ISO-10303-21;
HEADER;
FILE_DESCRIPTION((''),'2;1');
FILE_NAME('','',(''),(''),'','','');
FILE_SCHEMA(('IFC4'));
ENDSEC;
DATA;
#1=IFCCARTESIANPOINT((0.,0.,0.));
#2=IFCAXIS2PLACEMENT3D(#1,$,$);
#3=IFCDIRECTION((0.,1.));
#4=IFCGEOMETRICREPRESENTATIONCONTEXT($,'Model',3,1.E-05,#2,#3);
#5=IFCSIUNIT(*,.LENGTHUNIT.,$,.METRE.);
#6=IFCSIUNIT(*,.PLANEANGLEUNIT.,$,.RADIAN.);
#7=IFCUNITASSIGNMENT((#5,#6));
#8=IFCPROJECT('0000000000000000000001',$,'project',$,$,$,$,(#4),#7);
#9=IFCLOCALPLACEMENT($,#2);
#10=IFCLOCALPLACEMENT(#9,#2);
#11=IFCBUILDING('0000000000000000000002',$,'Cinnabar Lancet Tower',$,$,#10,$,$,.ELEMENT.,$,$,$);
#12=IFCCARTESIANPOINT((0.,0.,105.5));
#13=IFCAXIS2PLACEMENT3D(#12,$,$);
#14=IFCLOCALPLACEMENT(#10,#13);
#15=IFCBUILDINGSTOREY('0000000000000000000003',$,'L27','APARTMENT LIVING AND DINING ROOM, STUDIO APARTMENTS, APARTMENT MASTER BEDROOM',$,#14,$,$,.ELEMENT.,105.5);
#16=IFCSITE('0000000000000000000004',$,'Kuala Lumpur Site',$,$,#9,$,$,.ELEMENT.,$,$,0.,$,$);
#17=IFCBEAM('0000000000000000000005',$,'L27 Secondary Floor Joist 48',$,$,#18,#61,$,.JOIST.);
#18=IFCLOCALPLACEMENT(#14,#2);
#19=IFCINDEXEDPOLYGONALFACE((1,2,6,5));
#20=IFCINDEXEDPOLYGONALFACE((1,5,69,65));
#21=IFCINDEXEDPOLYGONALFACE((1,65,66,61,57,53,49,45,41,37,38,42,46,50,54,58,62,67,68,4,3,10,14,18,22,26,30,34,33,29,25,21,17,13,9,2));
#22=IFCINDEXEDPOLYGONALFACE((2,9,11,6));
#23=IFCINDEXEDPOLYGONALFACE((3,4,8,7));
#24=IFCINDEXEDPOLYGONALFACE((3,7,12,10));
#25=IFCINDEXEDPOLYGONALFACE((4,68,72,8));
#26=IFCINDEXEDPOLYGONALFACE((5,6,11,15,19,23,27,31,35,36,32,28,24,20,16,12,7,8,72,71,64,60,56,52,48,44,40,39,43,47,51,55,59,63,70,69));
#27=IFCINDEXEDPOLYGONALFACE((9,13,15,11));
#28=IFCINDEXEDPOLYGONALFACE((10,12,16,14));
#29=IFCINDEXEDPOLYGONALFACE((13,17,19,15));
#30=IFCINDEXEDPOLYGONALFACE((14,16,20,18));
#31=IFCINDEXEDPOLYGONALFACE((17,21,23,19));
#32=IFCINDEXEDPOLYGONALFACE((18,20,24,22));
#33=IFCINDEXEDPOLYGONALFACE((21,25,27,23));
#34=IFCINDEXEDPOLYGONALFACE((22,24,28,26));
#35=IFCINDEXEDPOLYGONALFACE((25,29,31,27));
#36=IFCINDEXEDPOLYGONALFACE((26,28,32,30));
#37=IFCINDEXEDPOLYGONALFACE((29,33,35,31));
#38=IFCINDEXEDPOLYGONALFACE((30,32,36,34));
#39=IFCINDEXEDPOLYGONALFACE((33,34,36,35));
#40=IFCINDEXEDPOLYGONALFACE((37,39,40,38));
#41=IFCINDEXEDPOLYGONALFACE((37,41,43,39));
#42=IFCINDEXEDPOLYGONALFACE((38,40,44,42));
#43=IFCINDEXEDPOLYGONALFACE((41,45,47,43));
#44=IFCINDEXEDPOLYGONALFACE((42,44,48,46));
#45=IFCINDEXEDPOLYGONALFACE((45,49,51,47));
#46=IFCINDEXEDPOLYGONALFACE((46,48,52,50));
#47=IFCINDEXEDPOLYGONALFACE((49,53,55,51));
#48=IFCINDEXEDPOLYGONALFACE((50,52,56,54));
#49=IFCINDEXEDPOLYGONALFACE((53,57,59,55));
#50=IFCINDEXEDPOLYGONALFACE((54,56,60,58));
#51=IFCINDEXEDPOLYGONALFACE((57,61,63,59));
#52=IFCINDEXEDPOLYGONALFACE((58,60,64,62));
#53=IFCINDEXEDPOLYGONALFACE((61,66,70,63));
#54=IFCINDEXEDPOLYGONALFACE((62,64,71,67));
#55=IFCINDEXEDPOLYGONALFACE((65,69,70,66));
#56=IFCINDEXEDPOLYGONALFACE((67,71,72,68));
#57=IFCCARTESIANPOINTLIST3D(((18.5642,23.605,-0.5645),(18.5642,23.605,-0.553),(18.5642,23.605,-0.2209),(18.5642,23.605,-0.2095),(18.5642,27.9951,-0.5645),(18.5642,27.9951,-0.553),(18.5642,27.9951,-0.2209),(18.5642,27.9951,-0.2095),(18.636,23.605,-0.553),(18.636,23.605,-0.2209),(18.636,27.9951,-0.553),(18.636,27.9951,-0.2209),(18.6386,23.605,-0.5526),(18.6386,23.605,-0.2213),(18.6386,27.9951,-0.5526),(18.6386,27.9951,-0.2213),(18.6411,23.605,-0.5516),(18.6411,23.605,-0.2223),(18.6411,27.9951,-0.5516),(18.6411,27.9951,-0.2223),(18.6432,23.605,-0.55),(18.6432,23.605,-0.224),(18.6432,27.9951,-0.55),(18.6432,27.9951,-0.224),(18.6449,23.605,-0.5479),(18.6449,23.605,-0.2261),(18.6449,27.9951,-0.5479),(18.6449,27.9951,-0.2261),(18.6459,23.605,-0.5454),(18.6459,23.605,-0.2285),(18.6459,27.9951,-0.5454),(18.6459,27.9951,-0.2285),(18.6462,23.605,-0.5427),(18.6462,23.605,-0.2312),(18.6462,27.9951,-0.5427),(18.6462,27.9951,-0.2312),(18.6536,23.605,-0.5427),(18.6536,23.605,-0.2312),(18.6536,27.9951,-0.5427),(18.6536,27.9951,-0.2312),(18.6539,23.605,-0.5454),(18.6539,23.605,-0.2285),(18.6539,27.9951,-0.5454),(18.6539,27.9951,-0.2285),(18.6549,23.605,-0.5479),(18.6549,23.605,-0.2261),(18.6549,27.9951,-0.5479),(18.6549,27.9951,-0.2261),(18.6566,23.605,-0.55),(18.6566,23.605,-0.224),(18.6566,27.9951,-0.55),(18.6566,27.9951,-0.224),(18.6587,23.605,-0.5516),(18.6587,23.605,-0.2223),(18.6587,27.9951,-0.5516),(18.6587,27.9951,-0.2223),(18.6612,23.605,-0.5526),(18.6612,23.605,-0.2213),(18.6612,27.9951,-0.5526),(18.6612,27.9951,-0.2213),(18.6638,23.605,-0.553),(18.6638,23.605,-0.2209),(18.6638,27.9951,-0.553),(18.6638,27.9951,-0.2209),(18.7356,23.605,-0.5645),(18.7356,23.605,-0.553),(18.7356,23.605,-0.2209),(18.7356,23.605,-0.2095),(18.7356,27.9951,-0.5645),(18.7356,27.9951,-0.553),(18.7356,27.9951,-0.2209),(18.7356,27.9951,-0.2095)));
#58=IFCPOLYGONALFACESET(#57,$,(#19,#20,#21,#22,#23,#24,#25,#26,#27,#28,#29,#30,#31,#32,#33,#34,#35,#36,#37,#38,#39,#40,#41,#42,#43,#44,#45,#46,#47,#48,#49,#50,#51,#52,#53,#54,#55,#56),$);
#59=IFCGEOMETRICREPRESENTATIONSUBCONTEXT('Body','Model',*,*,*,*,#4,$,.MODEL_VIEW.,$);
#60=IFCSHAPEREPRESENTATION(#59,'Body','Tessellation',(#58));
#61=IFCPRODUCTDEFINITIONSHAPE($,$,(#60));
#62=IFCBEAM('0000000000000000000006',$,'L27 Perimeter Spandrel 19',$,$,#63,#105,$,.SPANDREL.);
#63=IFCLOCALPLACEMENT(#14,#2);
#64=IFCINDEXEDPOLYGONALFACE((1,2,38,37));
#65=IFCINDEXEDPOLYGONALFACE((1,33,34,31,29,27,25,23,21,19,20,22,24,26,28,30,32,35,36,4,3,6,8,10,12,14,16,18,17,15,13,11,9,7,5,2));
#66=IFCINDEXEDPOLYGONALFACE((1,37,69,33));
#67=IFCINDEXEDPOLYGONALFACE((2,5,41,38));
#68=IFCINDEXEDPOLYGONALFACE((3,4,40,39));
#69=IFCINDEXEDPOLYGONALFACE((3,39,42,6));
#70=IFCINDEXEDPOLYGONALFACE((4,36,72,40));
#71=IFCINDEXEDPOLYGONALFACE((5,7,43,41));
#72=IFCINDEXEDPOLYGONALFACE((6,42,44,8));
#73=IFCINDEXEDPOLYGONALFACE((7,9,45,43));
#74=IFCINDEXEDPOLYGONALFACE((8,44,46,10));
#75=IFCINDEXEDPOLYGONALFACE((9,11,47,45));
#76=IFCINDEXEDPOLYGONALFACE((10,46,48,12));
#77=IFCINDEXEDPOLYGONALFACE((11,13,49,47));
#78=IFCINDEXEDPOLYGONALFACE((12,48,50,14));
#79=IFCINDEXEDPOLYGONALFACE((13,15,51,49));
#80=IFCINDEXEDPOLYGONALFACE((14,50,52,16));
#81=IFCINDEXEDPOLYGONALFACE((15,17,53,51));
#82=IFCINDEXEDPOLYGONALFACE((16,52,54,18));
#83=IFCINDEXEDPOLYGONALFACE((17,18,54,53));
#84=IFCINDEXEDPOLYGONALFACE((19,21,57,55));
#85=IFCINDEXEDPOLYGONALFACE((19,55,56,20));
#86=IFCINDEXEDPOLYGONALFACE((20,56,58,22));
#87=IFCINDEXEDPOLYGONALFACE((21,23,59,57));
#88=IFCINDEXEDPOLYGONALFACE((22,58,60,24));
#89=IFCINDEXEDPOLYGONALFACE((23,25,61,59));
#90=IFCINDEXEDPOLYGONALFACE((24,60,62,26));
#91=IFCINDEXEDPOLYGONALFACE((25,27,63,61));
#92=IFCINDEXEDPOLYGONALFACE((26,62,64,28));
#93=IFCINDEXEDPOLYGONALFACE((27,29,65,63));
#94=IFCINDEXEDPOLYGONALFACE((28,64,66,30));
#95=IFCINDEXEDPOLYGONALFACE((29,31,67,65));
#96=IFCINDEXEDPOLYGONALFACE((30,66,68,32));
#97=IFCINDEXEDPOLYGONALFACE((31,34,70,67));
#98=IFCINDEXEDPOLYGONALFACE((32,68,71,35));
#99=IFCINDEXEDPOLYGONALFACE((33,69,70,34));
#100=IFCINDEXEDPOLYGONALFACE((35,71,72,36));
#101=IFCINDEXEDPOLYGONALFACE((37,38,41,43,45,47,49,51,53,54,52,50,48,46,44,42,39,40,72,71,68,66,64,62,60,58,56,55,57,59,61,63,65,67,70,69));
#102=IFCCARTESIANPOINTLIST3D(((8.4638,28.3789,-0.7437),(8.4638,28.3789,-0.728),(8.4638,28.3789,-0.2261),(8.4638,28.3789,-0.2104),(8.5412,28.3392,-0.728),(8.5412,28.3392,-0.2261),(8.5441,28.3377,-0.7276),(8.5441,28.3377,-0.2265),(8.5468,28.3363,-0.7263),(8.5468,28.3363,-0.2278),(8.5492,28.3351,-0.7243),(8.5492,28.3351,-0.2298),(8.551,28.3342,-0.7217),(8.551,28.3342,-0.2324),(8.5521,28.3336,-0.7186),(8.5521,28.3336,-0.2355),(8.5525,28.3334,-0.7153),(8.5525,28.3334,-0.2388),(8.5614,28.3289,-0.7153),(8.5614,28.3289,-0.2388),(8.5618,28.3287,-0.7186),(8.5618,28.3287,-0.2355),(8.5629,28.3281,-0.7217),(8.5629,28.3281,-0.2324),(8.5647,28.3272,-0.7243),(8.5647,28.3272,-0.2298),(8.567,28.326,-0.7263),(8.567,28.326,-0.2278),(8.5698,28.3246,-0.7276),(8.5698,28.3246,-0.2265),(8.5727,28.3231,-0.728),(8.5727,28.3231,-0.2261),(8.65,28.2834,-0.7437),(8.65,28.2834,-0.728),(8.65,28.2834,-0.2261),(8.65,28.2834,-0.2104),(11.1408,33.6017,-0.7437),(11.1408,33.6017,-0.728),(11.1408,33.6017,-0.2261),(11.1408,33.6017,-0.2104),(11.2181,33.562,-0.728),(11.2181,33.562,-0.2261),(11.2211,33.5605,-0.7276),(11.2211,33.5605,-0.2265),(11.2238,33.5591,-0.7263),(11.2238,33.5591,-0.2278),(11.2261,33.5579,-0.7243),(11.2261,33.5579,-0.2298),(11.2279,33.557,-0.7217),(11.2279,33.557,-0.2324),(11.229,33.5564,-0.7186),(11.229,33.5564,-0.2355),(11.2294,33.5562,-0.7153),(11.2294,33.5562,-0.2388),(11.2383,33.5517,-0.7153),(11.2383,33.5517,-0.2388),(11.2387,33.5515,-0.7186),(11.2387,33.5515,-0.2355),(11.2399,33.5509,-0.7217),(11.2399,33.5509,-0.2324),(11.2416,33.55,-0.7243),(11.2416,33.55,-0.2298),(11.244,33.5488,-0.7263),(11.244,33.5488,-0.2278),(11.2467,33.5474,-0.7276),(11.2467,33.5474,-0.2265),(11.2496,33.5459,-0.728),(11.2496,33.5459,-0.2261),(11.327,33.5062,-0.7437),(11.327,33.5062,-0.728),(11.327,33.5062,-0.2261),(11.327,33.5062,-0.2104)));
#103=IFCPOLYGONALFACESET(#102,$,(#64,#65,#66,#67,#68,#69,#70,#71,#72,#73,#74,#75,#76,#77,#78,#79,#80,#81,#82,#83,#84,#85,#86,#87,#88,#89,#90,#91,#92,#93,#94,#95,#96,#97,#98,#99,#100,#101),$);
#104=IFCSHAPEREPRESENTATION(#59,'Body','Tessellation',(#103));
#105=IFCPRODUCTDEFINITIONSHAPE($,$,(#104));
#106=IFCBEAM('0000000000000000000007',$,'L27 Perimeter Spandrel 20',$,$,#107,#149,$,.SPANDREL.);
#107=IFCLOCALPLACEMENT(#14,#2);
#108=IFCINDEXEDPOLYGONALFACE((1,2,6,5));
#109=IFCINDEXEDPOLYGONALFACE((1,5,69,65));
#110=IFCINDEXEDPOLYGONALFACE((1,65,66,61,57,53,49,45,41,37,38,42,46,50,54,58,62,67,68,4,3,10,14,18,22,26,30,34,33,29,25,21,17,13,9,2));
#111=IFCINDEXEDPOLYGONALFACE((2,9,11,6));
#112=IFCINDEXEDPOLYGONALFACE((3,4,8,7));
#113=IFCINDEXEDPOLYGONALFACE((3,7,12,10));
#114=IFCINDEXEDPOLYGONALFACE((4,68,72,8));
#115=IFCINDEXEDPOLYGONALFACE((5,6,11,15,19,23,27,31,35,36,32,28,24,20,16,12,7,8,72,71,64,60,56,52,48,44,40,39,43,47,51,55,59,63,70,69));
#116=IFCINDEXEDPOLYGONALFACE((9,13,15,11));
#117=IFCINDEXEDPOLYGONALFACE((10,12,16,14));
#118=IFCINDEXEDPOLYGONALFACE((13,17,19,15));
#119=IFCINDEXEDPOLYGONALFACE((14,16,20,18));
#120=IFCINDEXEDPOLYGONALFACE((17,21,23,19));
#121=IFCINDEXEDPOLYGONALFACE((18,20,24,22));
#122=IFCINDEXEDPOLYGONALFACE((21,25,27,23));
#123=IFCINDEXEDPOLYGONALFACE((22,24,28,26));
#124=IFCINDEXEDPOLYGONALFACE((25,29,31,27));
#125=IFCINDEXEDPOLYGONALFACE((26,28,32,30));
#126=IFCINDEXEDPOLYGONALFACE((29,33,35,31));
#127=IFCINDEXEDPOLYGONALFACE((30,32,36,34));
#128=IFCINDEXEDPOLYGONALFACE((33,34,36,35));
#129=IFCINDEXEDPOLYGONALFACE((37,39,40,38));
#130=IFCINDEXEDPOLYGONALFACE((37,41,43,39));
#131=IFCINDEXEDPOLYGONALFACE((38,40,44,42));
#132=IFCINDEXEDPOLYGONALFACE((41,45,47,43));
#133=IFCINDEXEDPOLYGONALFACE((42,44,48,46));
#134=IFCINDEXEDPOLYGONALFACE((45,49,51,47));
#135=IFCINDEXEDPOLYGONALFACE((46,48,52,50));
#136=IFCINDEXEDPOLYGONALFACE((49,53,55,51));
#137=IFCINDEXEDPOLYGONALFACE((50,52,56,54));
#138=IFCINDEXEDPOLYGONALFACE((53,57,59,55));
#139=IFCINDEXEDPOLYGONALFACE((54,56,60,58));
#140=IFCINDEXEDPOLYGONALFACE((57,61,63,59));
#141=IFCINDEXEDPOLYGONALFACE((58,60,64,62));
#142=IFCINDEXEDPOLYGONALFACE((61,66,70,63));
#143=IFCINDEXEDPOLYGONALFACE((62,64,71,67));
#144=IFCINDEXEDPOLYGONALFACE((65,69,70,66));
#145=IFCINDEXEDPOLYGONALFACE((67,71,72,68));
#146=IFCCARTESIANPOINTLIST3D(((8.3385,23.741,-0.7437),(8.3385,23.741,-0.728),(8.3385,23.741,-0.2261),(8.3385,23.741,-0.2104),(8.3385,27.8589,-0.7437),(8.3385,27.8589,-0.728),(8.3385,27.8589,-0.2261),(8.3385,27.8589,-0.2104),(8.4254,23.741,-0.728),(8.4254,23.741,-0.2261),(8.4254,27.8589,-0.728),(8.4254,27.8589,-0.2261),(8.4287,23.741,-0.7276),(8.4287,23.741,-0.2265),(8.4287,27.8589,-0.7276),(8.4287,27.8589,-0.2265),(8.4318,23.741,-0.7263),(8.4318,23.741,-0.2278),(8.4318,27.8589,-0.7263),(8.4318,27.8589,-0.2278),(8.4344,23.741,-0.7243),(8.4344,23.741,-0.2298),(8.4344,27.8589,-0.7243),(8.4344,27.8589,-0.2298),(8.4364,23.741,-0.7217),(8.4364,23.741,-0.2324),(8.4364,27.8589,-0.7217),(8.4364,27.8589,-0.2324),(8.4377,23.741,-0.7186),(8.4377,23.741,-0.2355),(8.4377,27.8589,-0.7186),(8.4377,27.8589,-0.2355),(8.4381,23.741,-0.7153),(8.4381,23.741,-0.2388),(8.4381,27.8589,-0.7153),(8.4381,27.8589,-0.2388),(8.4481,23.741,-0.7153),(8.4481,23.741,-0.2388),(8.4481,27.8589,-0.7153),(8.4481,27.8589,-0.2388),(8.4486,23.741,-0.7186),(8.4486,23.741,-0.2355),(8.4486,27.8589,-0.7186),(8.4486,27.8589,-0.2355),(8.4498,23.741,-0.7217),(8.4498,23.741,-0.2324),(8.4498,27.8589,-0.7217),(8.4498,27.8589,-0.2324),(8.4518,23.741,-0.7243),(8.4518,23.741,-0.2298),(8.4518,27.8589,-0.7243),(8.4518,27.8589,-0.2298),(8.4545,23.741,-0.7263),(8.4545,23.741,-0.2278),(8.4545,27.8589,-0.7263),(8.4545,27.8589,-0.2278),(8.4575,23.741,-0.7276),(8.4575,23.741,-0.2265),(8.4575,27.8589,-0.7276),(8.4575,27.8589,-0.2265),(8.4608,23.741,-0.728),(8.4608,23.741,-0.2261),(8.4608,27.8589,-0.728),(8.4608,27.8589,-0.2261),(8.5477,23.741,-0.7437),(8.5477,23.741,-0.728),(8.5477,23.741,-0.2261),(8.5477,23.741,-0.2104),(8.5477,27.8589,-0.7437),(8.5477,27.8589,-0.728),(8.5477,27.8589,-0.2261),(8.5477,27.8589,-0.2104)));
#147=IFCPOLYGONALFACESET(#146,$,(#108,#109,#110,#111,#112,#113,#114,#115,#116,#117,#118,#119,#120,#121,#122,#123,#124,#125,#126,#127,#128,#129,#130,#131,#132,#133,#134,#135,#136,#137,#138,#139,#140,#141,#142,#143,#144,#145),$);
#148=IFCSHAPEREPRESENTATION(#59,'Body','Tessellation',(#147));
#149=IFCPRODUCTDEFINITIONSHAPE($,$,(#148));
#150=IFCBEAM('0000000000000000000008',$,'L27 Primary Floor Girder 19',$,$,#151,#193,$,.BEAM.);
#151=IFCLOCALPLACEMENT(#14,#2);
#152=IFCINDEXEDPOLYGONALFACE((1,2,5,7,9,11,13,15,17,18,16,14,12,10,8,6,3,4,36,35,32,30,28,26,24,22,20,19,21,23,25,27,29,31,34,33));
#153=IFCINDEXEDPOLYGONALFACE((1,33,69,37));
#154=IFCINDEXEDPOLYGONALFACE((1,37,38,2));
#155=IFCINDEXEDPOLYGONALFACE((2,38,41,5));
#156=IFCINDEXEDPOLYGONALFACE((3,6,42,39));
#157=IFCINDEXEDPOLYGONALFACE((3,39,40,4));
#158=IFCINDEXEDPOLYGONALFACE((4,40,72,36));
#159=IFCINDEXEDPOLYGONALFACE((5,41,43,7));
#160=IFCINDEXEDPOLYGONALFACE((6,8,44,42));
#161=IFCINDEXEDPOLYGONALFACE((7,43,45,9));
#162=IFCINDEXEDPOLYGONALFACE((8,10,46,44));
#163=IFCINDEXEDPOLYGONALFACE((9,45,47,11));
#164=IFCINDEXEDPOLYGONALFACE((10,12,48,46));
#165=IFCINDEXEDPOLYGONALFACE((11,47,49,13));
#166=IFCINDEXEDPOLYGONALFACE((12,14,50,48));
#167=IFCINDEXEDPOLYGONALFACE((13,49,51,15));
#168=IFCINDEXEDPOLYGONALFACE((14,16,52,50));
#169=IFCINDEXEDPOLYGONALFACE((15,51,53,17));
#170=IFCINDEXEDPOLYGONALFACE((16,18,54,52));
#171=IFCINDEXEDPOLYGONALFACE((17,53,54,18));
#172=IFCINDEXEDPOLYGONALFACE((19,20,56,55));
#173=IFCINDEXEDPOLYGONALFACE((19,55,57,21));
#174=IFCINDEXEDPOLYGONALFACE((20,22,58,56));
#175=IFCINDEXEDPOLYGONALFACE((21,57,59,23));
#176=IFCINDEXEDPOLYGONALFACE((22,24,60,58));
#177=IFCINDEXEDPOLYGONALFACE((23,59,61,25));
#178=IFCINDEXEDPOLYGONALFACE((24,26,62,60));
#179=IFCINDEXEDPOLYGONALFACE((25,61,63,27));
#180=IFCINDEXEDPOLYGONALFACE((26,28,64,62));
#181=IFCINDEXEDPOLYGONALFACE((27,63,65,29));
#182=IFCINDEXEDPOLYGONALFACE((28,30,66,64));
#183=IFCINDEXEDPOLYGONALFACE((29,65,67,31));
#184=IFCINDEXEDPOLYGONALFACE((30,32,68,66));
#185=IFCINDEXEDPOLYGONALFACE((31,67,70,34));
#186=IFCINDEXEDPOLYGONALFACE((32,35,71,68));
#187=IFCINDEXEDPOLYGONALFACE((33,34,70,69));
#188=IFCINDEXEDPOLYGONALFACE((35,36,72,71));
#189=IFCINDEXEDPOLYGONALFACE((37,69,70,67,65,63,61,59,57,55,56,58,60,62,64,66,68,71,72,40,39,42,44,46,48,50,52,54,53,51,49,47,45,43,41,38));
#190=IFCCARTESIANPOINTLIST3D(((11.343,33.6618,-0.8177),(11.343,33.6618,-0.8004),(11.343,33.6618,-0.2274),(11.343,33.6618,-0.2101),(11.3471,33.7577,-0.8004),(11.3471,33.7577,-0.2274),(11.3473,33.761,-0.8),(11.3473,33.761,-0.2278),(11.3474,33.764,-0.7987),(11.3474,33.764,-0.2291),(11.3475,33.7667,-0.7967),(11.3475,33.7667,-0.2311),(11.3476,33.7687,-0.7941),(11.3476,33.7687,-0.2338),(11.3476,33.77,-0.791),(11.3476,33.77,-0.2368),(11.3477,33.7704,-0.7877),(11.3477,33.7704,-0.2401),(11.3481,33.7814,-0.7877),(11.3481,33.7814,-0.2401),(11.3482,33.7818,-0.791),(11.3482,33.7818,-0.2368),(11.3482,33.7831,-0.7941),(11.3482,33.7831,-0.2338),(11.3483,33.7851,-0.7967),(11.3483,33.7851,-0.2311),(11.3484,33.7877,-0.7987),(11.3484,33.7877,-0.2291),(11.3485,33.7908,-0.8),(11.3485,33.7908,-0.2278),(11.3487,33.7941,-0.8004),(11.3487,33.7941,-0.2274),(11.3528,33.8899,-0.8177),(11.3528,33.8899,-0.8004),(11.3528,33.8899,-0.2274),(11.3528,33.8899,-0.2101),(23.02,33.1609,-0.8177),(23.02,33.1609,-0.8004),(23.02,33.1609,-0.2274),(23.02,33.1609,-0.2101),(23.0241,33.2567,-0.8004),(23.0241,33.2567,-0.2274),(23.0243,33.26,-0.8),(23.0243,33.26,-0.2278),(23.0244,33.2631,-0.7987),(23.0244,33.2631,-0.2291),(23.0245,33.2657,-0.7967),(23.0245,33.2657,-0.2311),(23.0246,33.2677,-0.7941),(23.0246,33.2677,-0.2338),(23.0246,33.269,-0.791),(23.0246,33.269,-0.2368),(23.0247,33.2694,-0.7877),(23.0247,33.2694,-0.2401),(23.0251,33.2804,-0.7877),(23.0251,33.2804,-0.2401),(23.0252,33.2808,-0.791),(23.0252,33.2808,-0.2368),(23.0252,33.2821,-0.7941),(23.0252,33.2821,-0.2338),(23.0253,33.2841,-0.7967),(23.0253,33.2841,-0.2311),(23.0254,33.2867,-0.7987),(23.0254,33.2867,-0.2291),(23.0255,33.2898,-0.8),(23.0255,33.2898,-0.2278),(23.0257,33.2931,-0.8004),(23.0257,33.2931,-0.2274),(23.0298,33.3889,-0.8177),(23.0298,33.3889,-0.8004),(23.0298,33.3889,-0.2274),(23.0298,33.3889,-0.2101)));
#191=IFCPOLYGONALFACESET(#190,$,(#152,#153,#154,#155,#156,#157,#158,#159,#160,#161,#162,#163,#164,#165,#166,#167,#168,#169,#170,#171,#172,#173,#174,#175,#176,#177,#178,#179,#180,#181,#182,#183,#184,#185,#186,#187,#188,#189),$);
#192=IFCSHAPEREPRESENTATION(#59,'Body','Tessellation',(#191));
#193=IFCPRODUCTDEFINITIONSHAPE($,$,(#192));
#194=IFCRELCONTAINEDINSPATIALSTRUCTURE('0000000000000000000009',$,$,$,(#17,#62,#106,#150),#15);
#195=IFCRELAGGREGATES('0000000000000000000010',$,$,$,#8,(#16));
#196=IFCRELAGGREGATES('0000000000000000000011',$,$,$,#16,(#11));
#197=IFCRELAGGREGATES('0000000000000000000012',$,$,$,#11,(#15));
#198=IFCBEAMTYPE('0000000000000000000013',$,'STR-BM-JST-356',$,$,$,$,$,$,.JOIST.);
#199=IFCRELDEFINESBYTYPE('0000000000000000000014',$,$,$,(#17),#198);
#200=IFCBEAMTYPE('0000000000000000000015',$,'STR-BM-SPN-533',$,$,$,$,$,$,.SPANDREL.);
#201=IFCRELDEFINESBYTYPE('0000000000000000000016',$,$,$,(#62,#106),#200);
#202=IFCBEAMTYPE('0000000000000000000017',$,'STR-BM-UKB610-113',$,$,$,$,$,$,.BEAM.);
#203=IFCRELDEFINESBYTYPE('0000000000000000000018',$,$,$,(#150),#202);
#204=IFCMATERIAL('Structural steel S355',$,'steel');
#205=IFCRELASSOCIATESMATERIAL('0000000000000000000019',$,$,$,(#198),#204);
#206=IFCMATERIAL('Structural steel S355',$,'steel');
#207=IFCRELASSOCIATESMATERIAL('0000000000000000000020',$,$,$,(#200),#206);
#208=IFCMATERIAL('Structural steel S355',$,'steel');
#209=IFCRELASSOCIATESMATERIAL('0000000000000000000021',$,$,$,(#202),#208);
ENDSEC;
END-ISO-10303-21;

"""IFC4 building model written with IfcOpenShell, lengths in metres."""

from ifc_helpers import new_model, si_unit, direction, frame, origin, origin_2d, place, context, subcontext, project, spatial, i_section, extrude, material, material_profile, profile_set, type_object, element, save


model = new_model("IFC4")

# Units and contexts
model_context = context("Model", 3, precision=1e-05, world=origin(), true_north=direction((0.0, 1.0)))
body_context = subcontext(model_context, "Body", "Model", "MODEL_VIEW")
ifc_project = project(units=[si_unit("LENGTHUNIT", "METRE"), si_unit("PLANEANGLEUNIT", "RADIAN")], contexts=[model_context])

# Site, building, storey
site_placement = place(None, origin())
site = spatial("IfcSite", under=ifc_project, at=site_placement, Name="Kuala Lumpur Site", CompositionType="ELEMENT", RefElevation=0.0)
building_placement = place(site_placement, origin())
building = spatial("IfcBuilding", under=site, at=building_placement, Name="Cinnabar Lancet Tower", CompositionType="ELEMENT")
storey_placement = place(building_placement, frame((0.0, 0.0, 105.5)))
storey = spatial("IfcBuildingStorey", under=building, at=storey_placement, Name="L27", Description="APARTMENT LIVING AND DINING ROOM, STUDIO APARTMENTS, APARTMENT MASTER BEDROOM", CompositionType="ELEMENT", Elevation=105.5)

# Beams
ifc_material_1 = material(Name="Structural steel S355", Category="steel")
ifc_material_profile_1 = material_profile(ifc_material_1, i_section(OverallWidth=0.1714, OverallDepth=0.355, WebThickness=0.0073, FlangeThickness=0.0115, FilletRadius=0.0103, at=origin_2d()), Name="UKB 356x171x51")
ifc_profile_set_1 = profile_set([ifc_material_profile_1], Name="Structural steel S355")
beam_type_1 = type_object("IfcBeamType", Name="STR-BM-JST-356", PredefinedType="JOIST", material=ifc_profile_set_1)
for number, where, z_axis, x_axis, name in (
    (1, (18.6499, 27.9951, -0.387), (0.0, -1.0, 0.0), (1.0, 0.0, 0.0), "L27 Secondary Floor Joist 48"),
):
    element("IfcBeam", number, at=place(storey_placement, frame(where, z_axis=z_axis, x_axis=x_axis)), inside=storey, type_object=beam_type_1, Name=name, PredefinedType="JOIST", context=body_context, shape_type="SweptSolid", body=[
        extrude(i_section(OverallWidth=0.1714, OverallDepth=0.355, WebThickness=0.0073, FlangeThickness=0.0115, FilletRadius=0.0103, at=origin_2d()), origin(), (0.0, 0.0, 1.0), 4.3901),
    ])
ifc_material_2 = material(Name="Structural steel S355", Category="steel")
ifc_material_profile_2 = material_profile(ifc_material_2, i_section(OverallWidth=0.2092, OverallDepth=0.5332, WebThickness=0.01, FlangeThickness=0.0156, FilletRadius=0.0127, at=origin_2d()), Name="UKB 533x210x92")
ifc_profile_set_2 = profile_set([ifc_material_profile_2], Name="Structural steel S355")
beam_type_2 = type_object("IfcBeamType", Name="STR-BM-SPN-533", PredefinedType="SPANDREL", material=ifc_profile_set_2)
beam_1_placement = place(storey_placement, frame((11.2339, 33.554, -0.4771), z_axis=(-0.456127, -0.889915, 0.0), x_axis=(0.889915, -0.456127, 0.0)))
element("IfcBeam", 2, at=beam_1_placement, inside=storey, type_object=beam_type_2, Name="L27 Perimeter Spandrel 19", PredefinedType="SPANDREL", context=body_context, shape_type="SweptSolid", body=[
    extrude(i_section(OverallWidth=0.2092, OverallDepth=0.5332, WebThickness=0.01, FlangeThickness=0.0156, FilletRadius=0.0127, at=origin_2d()), origin(), (0.0, 0.0, 1.0), 5.8689),
])
beam_2_placement = place(storey_placement, frame((8.4431, 27.8589, -0.4771), z_axis=(0.0, -1.0, 0.0), x_axis=(1.0, 0.0, 0.0)))
element("IfcBeam", 3, at=beam_2_placement, inside=storey, type_object=beam_type_2, Name="L27 Perimeter Spandrel 20", PredefinedType="SPANDREL", context=body_context, shape_type="SweptSolid", body=[
    extrude(i_section(OverallWidth=0.2092, OverallDepth=0.5332, WebThickness=0.01, FlangeThickness=0.0156, FilletRadius=0.0127, at=origin_2d()), origin(), (0.0, 0.0, 1.0), 4.1179),
])
ifc_material_3 = material(Name="Structural steel S355", Category="steel")
ifc_material_profile_3 = material_profile(ifc_material_3, i_section(OverallWidth=0.2283, OverallDepth=0.6077, WebThickness=0.011, FlangeThickness=0.0173, FilletRadius=0.0127, at=origin_2d()), Name="UKB 610x229x113")
ifc_profile_set_3 = profile_set([ifc_material_profile_3], Name="Structural steel S355")
beam_type_3 = type_object("IfcBeamType", Name="STR-BM-UKB610-113", PredefinedType="BEAM", material=ifc_profile_set_3)
beam_3_placement = place(storey_placement, frame((11.3479, 33.7759, -0.5139), z_axis=(0.999081, -0.042863, 0.0), x_axis=(0.042863, 0.999081, 0.0)))
element("IfcBeam", 4, at=beam_3_placement, inside=storey, type_object=beam_type_3, Name="L27 Primary Floor Girder 19", PredefinedType="BEAM", context=body_context, shape_type="SweptSolid", body=[
    extrude(i_section(OverallWidth=0.2283, OverallDepth=0.6077, WebThickness=0.011, FlangeThickness=0.0173, FilletRadius=0.0127, at=origin_2d()), origin(), (0.0, 0.0, 1.0), 11.6877),
])

save(model, "model.ifc")
